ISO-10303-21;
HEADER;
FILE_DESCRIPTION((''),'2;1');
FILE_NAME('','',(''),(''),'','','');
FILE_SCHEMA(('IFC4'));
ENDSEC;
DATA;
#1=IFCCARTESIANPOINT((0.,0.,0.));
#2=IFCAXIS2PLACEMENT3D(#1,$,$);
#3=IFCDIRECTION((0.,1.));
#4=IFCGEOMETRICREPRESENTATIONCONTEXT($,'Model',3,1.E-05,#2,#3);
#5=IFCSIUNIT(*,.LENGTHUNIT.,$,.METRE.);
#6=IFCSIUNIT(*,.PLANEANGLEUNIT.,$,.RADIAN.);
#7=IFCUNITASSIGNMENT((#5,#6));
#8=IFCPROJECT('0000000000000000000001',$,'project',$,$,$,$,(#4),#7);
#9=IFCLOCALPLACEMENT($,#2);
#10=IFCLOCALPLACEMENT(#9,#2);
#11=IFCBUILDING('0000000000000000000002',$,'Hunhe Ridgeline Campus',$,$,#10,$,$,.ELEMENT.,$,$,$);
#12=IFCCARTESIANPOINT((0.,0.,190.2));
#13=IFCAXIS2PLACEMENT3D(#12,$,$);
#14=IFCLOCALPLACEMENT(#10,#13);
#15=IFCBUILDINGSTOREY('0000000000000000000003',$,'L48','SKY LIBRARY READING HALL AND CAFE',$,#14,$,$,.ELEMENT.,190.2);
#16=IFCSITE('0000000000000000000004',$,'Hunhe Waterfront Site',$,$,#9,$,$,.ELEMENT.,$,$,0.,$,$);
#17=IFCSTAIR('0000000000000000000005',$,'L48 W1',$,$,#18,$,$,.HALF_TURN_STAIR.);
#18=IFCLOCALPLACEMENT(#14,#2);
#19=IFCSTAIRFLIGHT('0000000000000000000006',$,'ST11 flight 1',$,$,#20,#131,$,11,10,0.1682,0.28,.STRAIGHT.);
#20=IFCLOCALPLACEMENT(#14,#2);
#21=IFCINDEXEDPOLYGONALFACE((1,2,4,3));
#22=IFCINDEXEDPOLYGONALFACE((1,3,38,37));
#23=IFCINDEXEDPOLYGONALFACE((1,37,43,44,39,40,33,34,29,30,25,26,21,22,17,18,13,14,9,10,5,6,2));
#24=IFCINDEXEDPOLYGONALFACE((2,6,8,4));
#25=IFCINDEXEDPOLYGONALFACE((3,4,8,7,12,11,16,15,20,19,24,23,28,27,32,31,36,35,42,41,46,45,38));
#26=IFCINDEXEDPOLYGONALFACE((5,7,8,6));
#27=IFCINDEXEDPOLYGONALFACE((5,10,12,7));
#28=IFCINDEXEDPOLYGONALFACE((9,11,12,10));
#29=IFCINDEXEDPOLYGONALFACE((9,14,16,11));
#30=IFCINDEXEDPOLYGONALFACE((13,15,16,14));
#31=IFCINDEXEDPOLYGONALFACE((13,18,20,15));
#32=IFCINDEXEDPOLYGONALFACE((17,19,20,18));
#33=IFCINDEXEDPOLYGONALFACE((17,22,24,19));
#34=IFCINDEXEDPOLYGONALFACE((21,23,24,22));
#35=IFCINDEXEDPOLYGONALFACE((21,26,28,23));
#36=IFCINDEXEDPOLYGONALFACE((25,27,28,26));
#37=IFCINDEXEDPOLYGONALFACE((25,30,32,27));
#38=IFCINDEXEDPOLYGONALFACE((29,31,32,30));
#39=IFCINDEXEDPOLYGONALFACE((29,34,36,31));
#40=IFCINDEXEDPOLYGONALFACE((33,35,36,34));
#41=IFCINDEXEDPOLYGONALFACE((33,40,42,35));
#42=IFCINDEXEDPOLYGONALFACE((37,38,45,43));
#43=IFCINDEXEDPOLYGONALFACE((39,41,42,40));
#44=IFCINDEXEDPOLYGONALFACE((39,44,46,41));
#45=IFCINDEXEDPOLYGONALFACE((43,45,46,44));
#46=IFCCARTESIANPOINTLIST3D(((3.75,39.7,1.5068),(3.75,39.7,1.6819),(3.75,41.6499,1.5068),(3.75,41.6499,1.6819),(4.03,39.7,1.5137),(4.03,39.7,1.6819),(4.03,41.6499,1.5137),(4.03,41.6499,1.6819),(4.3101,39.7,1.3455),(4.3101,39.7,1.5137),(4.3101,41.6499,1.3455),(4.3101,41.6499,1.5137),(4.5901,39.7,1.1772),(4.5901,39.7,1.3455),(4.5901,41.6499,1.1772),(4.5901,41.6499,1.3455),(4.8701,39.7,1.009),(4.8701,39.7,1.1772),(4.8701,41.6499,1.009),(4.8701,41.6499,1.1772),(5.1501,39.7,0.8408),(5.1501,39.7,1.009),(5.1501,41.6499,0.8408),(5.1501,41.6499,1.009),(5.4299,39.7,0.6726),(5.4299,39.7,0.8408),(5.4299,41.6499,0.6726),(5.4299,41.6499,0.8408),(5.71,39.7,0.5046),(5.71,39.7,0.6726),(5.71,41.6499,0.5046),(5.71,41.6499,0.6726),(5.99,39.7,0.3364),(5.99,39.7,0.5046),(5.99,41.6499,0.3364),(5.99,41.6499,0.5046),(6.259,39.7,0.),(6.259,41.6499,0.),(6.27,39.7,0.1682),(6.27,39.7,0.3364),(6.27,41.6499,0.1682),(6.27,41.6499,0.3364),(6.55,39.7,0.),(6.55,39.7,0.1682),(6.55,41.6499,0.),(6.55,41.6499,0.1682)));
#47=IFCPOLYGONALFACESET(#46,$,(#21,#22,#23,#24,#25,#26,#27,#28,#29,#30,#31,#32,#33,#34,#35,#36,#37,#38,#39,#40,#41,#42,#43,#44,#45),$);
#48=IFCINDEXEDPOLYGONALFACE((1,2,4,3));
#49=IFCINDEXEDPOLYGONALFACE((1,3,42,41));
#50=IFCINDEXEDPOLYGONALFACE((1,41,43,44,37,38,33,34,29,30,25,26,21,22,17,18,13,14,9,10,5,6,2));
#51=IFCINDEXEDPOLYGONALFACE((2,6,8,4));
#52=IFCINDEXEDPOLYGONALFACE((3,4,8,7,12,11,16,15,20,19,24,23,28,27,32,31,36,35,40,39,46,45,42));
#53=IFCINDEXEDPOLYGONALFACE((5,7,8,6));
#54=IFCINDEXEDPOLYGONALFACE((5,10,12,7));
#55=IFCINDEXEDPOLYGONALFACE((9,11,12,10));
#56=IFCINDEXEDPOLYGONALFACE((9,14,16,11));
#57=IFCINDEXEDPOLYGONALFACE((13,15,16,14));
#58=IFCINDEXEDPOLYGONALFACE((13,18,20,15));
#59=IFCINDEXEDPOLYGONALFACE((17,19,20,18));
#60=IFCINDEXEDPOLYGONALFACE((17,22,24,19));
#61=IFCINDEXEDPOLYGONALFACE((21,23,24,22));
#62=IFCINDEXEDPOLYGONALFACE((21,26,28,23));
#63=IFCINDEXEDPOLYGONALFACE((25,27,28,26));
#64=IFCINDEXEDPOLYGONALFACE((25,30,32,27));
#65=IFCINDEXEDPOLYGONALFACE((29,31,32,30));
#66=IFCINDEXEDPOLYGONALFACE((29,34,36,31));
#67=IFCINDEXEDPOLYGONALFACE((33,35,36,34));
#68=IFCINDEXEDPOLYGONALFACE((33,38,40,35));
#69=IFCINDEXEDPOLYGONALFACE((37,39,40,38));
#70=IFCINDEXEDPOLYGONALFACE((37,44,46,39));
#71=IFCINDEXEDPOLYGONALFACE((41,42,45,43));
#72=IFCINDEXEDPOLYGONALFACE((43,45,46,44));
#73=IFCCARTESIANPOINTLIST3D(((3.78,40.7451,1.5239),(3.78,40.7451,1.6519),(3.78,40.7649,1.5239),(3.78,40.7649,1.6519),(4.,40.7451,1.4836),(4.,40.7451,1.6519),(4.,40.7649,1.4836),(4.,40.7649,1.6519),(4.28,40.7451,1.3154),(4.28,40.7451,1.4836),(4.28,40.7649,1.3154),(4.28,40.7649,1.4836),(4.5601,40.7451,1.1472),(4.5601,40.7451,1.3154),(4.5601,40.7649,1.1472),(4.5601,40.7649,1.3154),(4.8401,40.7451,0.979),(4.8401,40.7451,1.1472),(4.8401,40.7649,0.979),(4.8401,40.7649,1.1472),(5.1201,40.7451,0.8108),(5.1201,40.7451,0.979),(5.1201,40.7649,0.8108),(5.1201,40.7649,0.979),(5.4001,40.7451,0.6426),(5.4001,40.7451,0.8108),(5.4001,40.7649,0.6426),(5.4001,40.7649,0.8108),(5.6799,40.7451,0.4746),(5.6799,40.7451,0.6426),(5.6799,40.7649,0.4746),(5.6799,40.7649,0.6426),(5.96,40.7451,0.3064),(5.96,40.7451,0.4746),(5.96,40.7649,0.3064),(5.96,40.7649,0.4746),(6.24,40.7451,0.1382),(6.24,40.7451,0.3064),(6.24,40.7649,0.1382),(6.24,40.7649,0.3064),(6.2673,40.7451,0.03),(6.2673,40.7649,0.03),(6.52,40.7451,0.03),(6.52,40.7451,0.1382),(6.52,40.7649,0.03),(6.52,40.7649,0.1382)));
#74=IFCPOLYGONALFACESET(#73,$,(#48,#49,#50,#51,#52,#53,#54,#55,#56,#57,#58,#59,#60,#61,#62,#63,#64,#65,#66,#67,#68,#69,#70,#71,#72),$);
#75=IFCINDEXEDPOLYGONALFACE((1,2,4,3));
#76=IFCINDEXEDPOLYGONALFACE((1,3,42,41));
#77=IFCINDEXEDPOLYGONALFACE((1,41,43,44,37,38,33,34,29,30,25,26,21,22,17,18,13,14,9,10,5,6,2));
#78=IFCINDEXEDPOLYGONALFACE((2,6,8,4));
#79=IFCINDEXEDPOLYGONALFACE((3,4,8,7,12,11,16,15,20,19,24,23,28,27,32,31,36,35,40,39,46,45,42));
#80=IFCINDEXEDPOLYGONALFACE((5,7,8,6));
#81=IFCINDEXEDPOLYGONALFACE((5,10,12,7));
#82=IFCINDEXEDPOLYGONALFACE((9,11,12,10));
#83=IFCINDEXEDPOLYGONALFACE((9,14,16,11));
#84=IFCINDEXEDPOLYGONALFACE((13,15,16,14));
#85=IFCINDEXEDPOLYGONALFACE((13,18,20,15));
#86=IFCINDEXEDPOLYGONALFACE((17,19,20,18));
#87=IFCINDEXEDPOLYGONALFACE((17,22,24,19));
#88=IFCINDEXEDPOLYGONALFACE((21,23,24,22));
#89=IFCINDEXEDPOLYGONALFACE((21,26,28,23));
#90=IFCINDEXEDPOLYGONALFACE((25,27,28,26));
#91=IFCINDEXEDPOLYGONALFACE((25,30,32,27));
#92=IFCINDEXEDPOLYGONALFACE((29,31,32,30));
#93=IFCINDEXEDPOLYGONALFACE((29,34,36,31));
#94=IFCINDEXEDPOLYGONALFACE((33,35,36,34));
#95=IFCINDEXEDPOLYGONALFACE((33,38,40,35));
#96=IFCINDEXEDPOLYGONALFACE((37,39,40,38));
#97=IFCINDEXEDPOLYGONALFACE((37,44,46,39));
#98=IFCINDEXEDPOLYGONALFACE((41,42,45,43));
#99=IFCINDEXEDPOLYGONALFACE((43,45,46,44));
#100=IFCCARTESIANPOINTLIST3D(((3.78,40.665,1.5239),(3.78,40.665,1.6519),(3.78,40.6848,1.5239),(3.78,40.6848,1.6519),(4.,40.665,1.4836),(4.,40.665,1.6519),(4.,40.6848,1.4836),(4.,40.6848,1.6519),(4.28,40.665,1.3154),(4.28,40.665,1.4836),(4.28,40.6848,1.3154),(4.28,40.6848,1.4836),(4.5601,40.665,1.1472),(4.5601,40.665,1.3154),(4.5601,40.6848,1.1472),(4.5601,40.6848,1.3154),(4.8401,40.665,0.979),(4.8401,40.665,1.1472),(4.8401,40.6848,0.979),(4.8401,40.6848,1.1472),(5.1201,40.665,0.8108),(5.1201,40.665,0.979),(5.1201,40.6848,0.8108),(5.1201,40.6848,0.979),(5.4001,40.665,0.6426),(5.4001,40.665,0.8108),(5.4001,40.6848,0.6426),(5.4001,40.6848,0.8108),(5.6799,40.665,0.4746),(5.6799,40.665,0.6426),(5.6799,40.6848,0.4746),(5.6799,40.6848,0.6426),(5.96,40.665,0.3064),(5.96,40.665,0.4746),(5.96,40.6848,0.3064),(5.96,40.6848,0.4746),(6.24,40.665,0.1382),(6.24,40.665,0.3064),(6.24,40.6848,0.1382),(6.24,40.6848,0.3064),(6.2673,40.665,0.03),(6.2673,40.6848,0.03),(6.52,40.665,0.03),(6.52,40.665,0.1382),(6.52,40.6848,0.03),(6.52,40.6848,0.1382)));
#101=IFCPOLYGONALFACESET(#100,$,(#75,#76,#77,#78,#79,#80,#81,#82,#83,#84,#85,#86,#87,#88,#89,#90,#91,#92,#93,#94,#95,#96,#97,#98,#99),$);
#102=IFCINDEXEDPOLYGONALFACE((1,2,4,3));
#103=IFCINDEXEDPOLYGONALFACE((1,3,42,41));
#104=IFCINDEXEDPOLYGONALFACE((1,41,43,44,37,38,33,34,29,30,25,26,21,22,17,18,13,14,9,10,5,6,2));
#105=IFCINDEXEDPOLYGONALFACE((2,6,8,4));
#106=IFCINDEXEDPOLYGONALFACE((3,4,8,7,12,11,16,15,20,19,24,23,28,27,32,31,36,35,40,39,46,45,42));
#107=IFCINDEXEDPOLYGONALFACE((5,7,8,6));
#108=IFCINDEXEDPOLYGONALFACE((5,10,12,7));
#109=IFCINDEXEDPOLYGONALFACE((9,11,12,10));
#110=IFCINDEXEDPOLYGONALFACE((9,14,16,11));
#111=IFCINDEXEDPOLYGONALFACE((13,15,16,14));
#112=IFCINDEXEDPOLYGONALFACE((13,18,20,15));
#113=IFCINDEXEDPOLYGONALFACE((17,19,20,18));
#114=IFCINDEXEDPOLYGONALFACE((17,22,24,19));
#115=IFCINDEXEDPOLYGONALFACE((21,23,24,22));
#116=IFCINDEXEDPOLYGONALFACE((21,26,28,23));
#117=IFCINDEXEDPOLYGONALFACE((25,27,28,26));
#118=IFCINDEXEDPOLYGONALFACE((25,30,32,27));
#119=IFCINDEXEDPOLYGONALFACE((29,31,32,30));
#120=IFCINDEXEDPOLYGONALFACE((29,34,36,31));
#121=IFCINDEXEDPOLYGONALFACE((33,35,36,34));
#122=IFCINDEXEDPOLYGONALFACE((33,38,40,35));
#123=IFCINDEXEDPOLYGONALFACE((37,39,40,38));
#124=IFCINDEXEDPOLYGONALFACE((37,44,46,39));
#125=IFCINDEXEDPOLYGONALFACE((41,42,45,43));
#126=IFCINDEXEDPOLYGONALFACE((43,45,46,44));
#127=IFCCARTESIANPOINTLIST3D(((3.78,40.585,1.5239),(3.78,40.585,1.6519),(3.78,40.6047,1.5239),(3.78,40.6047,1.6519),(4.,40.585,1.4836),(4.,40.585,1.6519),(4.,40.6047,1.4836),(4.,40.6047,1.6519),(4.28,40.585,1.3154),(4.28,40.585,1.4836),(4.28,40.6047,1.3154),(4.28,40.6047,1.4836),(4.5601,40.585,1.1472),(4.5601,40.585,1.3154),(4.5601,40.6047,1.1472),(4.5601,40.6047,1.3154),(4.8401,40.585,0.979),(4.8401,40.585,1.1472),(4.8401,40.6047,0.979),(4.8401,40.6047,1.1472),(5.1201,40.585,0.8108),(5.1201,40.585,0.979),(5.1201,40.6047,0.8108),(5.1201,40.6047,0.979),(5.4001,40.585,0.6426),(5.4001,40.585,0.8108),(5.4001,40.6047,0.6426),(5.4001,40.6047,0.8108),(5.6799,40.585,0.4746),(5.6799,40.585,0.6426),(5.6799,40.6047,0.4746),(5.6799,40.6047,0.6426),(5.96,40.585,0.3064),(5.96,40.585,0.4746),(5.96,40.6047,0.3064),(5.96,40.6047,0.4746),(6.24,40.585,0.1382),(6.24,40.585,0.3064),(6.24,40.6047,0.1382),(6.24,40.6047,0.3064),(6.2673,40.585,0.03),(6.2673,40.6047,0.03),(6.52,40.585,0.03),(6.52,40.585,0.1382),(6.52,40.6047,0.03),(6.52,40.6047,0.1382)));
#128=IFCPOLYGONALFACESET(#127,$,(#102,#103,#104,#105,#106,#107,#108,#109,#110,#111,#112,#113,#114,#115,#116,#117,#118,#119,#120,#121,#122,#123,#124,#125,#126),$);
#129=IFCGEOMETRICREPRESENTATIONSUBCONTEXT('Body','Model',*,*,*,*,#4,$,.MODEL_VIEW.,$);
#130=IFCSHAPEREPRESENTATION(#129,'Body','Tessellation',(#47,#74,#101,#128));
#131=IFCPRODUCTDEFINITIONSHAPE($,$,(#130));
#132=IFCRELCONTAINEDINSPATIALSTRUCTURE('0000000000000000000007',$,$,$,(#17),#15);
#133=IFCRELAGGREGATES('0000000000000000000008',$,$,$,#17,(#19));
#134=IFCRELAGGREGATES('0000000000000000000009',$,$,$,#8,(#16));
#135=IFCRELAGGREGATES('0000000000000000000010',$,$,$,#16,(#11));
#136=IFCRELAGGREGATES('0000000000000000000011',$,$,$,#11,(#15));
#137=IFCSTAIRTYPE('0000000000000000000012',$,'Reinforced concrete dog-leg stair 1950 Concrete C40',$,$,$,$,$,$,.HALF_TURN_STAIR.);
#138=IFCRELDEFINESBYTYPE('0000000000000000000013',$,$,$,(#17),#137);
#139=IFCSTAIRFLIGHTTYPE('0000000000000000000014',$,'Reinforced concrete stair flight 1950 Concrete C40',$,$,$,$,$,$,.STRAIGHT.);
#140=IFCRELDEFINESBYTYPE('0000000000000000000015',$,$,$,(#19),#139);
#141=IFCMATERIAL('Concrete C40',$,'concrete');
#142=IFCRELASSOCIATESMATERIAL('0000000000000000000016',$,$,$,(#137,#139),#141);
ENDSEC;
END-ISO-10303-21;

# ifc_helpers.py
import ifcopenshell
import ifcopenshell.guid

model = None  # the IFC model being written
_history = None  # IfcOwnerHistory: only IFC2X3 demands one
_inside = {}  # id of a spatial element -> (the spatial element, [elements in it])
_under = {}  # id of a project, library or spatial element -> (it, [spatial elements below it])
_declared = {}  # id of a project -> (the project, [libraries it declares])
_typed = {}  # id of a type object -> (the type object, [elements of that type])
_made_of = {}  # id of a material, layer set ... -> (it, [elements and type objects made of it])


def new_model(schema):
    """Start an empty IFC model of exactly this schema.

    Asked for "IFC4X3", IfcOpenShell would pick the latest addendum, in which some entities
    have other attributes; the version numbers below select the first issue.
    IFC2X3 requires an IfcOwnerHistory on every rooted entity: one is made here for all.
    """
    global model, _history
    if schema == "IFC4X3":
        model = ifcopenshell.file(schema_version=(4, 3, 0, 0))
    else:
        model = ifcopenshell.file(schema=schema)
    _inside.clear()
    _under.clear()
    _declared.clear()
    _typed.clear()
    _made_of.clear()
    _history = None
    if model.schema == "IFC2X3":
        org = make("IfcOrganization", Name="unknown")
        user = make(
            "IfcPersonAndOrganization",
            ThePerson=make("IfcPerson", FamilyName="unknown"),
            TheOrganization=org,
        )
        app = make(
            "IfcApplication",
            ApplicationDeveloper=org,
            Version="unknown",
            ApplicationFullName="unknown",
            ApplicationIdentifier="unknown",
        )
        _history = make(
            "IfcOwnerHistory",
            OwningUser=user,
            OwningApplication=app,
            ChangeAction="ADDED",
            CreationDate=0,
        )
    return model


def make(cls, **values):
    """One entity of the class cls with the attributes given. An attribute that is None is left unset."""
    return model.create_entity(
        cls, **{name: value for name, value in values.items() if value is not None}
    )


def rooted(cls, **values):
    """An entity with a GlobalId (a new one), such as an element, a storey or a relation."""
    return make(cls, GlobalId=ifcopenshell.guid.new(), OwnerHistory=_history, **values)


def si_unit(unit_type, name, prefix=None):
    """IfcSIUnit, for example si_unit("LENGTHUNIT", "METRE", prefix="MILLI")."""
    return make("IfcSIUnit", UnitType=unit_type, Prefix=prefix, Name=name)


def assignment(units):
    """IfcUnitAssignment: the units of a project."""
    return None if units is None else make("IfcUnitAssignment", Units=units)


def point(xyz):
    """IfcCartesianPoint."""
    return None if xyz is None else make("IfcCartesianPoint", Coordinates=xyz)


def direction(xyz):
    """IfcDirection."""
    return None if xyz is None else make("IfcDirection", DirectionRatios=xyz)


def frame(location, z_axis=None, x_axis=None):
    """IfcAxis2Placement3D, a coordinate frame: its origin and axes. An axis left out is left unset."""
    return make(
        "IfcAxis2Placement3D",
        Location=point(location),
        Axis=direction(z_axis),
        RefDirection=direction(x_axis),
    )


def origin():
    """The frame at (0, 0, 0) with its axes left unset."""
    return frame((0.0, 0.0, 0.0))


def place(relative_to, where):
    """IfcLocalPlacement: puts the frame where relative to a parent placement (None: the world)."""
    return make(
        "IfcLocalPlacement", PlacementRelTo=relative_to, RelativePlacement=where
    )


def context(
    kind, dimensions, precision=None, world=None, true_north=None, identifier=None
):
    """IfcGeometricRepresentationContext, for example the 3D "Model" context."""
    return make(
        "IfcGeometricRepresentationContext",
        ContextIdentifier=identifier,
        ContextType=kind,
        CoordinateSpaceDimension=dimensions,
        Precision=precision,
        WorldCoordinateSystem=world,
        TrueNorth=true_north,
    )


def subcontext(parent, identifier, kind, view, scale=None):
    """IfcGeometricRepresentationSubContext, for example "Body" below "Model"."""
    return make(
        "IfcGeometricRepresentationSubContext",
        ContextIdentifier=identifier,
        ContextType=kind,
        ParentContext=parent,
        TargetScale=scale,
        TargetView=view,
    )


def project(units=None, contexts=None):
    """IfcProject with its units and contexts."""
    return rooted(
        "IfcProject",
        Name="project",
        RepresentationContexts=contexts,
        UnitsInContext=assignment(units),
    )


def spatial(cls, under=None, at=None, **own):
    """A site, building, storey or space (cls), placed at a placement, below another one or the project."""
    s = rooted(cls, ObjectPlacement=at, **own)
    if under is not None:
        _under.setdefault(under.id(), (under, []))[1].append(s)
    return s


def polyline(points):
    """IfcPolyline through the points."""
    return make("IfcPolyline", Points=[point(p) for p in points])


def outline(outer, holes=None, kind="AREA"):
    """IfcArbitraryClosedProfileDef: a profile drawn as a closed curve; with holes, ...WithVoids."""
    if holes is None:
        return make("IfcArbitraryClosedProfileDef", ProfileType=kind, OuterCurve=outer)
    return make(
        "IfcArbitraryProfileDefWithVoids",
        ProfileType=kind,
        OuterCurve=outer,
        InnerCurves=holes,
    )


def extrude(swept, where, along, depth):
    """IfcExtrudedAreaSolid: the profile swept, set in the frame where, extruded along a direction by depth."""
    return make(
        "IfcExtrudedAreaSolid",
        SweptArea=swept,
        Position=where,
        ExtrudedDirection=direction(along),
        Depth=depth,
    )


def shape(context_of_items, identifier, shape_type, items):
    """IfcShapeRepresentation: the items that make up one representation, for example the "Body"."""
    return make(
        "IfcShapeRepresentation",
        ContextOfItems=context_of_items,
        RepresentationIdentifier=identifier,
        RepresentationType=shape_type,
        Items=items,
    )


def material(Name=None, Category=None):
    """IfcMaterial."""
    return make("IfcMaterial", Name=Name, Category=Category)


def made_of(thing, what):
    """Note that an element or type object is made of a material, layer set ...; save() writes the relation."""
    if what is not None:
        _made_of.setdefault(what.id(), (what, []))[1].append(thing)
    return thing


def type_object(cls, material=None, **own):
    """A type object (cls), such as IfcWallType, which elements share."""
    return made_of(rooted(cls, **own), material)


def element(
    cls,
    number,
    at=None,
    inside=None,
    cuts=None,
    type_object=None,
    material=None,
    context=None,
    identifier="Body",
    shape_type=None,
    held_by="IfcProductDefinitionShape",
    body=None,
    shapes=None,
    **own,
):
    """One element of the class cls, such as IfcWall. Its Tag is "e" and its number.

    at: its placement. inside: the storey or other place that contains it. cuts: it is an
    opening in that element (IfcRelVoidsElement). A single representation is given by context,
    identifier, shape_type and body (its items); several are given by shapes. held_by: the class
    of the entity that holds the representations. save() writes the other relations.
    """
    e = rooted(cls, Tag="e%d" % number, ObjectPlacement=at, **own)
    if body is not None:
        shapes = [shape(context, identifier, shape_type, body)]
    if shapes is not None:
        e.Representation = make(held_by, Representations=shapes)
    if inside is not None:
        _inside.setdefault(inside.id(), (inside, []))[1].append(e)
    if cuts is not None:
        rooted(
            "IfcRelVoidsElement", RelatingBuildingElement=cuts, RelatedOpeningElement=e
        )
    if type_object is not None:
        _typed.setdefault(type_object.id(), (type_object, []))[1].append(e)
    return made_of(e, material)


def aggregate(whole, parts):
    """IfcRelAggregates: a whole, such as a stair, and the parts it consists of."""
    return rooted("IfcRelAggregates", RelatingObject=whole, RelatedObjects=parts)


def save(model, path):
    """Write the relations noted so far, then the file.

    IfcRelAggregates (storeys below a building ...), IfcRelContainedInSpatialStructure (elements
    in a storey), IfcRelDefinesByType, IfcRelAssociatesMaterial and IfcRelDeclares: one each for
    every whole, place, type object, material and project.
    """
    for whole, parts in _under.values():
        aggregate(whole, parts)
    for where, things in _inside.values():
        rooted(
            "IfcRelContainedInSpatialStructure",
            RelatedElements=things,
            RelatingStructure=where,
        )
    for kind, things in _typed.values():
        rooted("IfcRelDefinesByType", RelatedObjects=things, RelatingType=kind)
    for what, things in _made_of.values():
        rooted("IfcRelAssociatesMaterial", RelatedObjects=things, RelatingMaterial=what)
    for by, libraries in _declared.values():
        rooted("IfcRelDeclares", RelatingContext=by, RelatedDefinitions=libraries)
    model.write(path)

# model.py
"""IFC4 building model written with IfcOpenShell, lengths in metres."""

from ifc_helpers import new_model, si_unit, direction, frame, origin, place, context, subcontext, project, spatial, polyline, outline, extrude, material, type_object, element, aggregate, save


model = new_model("IFC4")

# Units and contexts
model_context = context("Model", 3, precision=1e-05, world=origin(), true_north=direction((0.0, 1.0)))
body_context = subcontext(model_context, "Body", "Model", "MODEL_VIEW")
ifc_project = project(units=[si_unit("LENGTHUNIT", "METRE"), si_unit("PLANEANGLEUNIT", "RADIAN")], contexts=[model_context])

# Site, building, storey
site_placement = place(None, origin())
site = spatial("IfcSite", under=ifc_project, at=site_placement, Name="Hunhe Waterfront Site", CompositionType="ELEMENT", RefElevation=0.0)
building_placement = place(site_placement, origin())
building = spatial("IfcBuilding", under=site, at=building_placement, Name="Hunhe Ridgeline Campus", CompositionType="ELEMENT")
storey_placement = place(building_placement, frame((0.0, 0.0, 190.2)))
storey = spatial("IfcBuildingStorey", under=building, at=storey_placement, Name="L48", Description="SKY LIBRARY READING HALL AND CAFE", CompositionType="ELEMENT", Elevation=190.2)

# Stair, stair flight
ifc_material_1 = material(Name="Concrete C40", Category="concrete")
stair_type = type_object("IfcStairType", Name="Reinforced concrete dog-leg stair 1950 Concrete C40", PredefinedType="HALF_TURN_STAIR", material=ifc_material_1)
stair_placement = place(storey_placement, origin())
stair = element("IfcStair", 1, at=stair_placement, inside=storey, type_object=stair_type, Name="L48 W1", PredefinedType="HALF_TURN_STAIR")
stair_flight_type = type_object("IfcStairFlightType", Name="Reinforced concrete stair flight 1950 Concrete C40", PredefinedType="STRAIGHT", material=ifc_material_1)
stair_flight_1_placement = place(storey_placement, frame((6.55, 40.675, 0.0), z_axis=(0.0, 0.0, 1.0), x_axis=(-1.0, 0.0, 0.0)))
stair_flight_1 = element("IfcStairFlight", 2, at=stair_flight_1_placement, type_object=stair_flight_type, Name="ST11 flight 1", NumberOfRisers=11, NumberOfTreads=10, PredefinedType="STRAIGHT", RiserHeight=0.1682, TreadLength=0.28, context=body_context, shape_type="SweptSolid", body=[
    extrude(outline(polyline([(0.0, 0.0), (0.0, 0.1682), (0.28, 0.1682), (0.28, 0.3364), (0.5601, 0.3364), (0.5601, 0.5046), (0.8401, 0.5046), (0.8401, 0.6726), (1.1201, 0.6726), (1.1201, 0.8408), (1.3999, 0.8408), (1.3999, 1.009), (1.6799, 1.009), (1.6799, 1.1772), (1.96, 1.1772), (1.96, 1.3455), (2.24, 1.3455), (2.24, 1.5137), (2.52, 1.5137), (2.52, 1.6819), (2.8, 1.6819), (2.8, 1.8501), (2.8, 1.5068), (0.291, 0.0), (0.0, 0.0)])), frame((0.0, 0.9751, 0.0), z_axis=(0.0, -1.0, 0.0), x_axis=(1.0, 0.0, 0.0)), (0.0, 0.0, 1.0), 1.95),
    extrude(outline(polyline([(0.03, 0.03), (0.03, 0.1382), (0.3101, 0.1382), (0.3101, 0.3064), (0.5901, 0.3064), (0.5901, 0.4746), (0.8701, 0.4746), (0.8701, 0.6426), (1.1499, 0.6426), (1.1499, 0.8108), (1.4299, 0.8108), (1.4299, 0.979), (1.71, 0.979), (1.71, 1.1472), (1.99, 1.1472), (1.99, 1.3154), (2.27, 1.3154), (2.27, 1.4836), (2.55, 1.4836), (2.55, 1.6519), (2.77, 1.6519), (2.77, 1.5239), (0.2827, 0.03), (0.03, 0.03)])), frame((0.0, -0.0701, 0.0), z_axis=(0.0, -1.0, 0.0), x_axis=(1.0, 0.0, 0.0)), (0.0, 0.0, 1.0), 0.0198),
    extrude(outline(polyline([(0.03, 0.03), (0.03, 0.1382), (0.3101, 0.1382), (0.3101, 0.3064), (0.5901, 0.3064), (0.5901, 0.4746), (0.8701, 0.4746), (0.8701, 0.6426), (1.1499, 0.6426), (1.1499, 0.8108), (1.4299, 0.8108), (1.4299, 0.979), (1.71, 0.979), (1.71, 1.1472), (1.99, 1.1472), (1.99, 1.3154), (2.27, 1.3154), (2.27, 1.4836), (2.55, 1.4836), (2.55, 1.6519), (2.77, 1.6519), (2.77, 1.5239), (0.2827, 0.03), (0.03, 0.03)])), frame((0.0, 0.01, 0.0), z_axis=(0.0, -1.0, 0.0), x_axis=(1.0, 0.0, 0.0)), (0.0, 0.0, 1.0), 0.0198),
    extrude(outline(polyline([(0.03, 0.03), (0.03, 0.1382), (0.3101, 0.1382), (0.3101, 0.3064), (0.5901, 0.3064), (0.5901, 0.4746), (0.8701, 0.4746), (0.8701, 0.6426), (1.1499, 0.6426), (1.1499, 0.8108), (1.4299, 0.8108), (1.4299, 0.979), (1.71, 0.979), (1.71, 1.1472), (1.99, 1.1472), (1.99, 1.3154), (2.27, 1.3154), (2.27, 1.4836), (2.55, 1.4836), (2.55, 1.6519), (2.77, 1.6519), (2.77, 1.5239), (0.2827, 0.03), (0.03, 0.03)])), frame((0.0, 0.0901, 0.0), z_axis=(0.0, -1.0, 0.0), x_axis=(1.0, 0.0, 0.0)), (0.0, 0.0, 1.0), 0.0198),
])
aggregate(stair, [stair_flight_1])

save(model, "model.ifc")
